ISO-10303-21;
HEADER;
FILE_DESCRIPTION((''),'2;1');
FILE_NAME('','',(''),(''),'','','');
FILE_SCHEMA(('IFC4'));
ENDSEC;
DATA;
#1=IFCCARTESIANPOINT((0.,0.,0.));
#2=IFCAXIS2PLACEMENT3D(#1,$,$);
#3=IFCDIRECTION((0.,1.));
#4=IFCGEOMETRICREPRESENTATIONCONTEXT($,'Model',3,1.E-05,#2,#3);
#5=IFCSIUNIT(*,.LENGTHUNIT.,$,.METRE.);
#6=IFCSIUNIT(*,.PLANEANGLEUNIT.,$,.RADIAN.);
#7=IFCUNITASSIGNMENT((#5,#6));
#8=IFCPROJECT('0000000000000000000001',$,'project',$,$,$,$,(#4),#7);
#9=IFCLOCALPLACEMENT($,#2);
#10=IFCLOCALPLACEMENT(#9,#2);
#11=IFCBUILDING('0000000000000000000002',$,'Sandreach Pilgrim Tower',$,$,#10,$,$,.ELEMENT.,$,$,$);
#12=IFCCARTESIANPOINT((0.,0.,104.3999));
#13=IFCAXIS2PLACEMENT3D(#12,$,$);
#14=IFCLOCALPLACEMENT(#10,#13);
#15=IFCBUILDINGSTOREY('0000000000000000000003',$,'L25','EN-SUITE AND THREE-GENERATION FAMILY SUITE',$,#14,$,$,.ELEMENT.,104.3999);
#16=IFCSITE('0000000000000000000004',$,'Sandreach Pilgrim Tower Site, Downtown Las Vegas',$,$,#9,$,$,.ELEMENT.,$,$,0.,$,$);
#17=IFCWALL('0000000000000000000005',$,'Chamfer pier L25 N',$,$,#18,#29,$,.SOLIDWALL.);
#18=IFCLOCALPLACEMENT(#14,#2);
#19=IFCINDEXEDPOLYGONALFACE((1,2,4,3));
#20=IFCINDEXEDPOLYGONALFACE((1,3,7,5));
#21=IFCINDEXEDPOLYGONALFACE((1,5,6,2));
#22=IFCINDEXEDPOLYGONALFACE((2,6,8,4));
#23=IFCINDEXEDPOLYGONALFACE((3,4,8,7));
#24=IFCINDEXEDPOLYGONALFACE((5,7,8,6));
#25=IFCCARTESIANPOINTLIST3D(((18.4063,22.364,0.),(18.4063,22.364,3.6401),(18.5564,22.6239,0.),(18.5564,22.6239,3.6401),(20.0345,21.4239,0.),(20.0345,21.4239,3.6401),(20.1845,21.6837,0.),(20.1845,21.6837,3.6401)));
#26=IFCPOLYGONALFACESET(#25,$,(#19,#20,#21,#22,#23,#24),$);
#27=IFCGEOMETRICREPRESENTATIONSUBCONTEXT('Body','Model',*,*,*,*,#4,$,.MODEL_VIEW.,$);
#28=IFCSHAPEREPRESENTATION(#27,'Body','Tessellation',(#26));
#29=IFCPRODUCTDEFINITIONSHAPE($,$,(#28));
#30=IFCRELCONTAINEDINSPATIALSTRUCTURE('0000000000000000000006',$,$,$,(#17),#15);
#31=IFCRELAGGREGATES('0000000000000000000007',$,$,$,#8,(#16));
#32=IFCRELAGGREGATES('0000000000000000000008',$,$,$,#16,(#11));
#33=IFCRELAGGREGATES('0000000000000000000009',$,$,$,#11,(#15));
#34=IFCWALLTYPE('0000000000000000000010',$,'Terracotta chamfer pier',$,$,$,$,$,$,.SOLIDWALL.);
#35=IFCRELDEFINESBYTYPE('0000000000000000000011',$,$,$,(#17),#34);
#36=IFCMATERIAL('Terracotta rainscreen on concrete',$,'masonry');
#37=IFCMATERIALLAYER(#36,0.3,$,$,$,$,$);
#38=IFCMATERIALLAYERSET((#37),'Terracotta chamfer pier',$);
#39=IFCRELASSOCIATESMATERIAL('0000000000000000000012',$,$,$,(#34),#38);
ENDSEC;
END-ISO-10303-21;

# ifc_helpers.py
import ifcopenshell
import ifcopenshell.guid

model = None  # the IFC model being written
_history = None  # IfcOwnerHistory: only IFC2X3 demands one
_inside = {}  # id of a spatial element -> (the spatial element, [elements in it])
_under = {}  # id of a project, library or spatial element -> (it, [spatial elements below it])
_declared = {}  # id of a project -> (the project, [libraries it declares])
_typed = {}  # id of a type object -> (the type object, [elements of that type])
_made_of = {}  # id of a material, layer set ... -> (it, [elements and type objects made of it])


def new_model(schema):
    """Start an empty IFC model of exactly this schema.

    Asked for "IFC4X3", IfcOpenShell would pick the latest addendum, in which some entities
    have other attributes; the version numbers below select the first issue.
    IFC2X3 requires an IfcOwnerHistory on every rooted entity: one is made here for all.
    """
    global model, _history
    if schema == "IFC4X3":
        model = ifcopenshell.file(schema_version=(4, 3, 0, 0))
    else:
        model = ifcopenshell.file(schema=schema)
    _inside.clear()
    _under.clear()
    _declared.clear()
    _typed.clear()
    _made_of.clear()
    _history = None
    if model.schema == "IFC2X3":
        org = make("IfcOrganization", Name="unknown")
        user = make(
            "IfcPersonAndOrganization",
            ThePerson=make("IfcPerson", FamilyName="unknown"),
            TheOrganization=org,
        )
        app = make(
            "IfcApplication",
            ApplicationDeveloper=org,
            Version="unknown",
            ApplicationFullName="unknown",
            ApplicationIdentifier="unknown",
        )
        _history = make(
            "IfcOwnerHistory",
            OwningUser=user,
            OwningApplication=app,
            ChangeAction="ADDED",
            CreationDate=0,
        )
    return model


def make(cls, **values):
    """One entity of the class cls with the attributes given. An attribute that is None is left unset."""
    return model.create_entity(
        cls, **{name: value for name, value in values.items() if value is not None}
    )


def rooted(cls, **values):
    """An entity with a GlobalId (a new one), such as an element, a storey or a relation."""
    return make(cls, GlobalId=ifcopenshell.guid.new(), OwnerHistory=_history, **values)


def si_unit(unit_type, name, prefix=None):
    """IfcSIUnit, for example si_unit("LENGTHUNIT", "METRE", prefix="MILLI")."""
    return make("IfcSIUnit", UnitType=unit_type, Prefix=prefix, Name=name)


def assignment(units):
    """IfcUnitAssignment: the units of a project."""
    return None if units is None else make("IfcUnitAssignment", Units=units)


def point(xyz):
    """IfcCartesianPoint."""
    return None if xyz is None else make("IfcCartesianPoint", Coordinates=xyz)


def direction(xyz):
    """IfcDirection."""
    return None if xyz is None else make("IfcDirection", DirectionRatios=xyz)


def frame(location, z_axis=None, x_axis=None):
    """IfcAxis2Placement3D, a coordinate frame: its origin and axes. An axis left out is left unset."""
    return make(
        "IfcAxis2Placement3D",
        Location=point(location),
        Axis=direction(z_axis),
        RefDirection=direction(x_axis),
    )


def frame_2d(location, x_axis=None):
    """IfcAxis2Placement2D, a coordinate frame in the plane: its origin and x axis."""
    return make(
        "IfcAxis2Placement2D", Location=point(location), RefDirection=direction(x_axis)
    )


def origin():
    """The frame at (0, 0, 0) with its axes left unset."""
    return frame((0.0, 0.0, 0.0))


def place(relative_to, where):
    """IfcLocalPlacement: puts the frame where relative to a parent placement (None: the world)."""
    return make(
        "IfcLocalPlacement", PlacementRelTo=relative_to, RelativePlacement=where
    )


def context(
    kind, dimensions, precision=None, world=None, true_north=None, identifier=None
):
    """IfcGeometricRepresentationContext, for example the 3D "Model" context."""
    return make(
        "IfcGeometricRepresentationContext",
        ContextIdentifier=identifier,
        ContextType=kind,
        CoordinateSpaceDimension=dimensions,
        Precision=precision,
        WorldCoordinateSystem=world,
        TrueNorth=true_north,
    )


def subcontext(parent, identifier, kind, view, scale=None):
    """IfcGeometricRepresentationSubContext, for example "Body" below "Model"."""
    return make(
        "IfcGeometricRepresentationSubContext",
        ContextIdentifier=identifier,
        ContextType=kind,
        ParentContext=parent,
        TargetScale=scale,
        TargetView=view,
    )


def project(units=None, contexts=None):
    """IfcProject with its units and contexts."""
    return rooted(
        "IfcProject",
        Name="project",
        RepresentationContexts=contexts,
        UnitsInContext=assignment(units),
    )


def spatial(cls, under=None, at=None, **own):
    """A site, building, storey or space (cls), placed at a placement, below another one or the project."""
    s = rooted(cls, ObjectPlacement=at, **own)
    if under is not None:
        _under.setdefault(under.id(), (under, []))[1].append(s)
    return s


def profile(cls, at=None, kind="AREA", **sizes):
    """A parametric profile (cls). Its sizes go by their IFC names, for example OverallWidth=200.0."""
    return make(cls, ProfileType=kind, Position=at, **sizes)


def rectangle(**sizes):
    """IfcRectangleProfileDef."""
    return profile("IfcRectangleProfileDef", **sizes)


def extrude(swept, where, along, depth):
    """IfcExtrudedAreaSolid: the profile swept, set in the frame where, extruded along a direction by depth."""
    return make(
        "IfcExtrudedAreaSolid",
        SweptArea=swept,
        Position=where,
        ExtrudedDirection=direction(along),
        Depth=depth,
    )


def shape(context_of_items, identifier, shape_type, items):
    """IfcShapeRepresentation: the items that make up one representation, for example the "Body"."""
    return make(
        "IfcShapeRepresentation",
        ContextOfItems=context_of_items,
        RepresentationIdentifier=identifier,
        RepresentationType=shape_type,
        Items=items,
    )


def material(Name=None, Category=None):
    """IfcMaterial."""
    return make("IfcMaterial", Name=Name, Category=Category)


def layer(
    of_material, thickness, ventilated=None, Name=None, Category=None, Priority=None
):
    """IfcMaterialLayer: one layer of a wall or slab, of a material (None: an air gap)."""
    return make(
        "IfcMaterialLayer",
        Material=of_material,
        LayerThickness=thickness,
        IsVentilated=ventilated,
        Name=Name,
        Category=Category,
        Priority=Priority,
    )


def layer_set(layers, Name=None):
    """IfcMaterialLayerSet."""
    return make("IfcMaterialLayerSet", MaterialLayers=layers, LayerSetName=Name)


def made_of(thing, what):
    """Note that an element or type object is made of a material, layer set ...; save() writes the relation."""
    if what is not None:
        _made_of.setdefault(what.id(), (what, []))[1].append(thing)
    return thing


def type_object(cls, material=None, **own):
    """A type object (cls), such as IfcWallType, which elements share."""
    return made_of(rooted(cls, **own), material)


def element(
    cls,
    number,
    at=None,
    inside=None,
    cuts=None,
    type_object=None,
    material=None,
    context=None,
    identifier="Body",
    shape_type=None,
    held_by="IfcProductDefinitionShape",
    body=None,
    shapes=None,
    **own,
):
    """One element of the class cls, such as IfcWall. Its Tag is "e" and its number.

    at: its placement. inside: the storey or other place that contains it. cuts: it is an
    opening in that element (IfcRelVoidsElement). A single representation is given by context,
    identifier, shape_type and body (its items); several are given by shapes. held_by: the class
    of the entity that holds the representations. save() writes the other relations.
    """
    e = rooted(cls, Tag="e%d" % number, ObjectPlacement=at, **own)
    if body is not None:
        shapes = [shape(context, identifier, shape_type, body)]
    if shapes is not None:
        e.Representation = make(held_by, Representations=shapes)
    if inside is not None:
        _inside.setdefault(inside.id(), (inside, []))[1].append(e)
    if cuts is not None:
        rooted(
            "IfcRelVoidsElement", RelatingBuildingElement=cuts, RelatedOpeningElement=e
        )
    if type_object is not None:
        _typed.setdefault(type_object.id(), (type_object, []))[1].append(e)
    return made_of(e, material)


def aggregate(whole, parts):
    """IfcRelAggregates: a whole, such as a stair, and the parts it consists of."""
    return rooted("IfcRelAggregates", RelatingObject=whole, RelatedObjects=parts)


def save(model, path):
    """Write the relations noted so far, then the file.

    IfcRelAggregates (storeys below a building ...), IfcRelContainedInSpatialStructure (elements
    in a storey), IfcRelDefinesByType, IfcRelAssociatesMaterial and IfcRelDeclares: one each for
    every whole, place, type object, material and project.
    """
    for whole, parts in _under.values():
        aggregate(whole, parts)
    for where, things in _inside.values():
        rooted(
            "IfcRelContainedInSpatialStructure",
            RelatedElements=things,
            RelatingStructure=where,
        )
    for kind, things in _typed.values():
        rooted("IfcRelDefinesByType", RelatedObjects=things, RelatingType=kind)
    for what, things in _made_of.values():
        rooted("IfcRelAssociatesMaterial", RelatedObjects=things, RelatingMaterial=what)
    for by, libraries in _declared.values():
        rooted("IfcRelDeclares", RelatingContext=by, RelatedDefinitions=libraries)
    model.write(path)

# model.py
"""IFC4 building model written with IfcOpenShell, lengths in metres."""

from ifc_helpers import new_model, si_unit, direction, frame, frame_2d, origin, place, context, subcontext, project, spatial, rectangle, extrude, material, layer, layer_set, type_object, element, save


model = new_model("IFC4")

# Units and contexts
model_context = context("Model", 3, precision=1e-05, world=origin(), true_north=direction((0.0, 1.0)))
body_context = subcontext(model_context, "Body", "Model", "MODEL_VIEW")
ifc_project = project(units=[si_unit("LENGTHUNIT", "METRE"), si_unit("PLANEANGLEUNIT", "RADIAN")], contexts=[model_context])

# Site, building, storey
site_placement = place(None, origin())
site = spatial("IfcSite", under=ifc_project, at=site_placement, Name="Sandreach Pilgrim Tower Site, Downtown Las Vegas", CompositionType="ELEMENT", RefElevation=0.0)
building_placement = place(site_placement, origin())
building = spatial("IfcBuilding", under=site, at=building_placement, Name="Sandreach Pilgrim Tower", CompositionType="ELEMENT")
storey_placement = place(building_placement, frame((0.0, 0.0, 104.3999)))
storey = spatial("IfcBuildingStorey", under=building, at=storey_placement, Name="L25", Description="EN-SUITE AND THREE-GENERATION FAMILY SUITE", CompositionType="ELEMENT", Elevation=104.3999)

# Wall
ifc_material_1 = material(Name="Terracotta rainscreen on concrete", Category="masonry")
ifc_layer_1 = layer(ifc_material_1, 0.3)
ifc_layer_set_1 = layer_set([ifc_layer_1], Name="Terracotta chamfer pier")
wall_type_1 = type_object("IfcWallType", Name="Terracotta chamfer pier", PredefinedType="SOLIDWALL", material=ifc_layer_set_1)
wall_1_placement = place(storey_placement, frame((18.4814, 22.4939, 0.0), z_axis=(0.0, 0.0, 1.0), x_axis=(0.865989, -0.500063, 0.0)))
element("IfcWall", 1, at=wall_1_placement, inside=storey, type_object=wall_type_1, Name="Chamfer pier L25 N", PredefinedType="SOLIDWALL", context=body_context, shape_type="SweptSolid", body=[
    extrude(rectangle(XDim=1.8801, YDim=0.3, at=frame_2d((0.9399, 0.0))), origin(), (0.0, 0.0, 1.0), 3.6401),
])

save(model, "model.ifc")
